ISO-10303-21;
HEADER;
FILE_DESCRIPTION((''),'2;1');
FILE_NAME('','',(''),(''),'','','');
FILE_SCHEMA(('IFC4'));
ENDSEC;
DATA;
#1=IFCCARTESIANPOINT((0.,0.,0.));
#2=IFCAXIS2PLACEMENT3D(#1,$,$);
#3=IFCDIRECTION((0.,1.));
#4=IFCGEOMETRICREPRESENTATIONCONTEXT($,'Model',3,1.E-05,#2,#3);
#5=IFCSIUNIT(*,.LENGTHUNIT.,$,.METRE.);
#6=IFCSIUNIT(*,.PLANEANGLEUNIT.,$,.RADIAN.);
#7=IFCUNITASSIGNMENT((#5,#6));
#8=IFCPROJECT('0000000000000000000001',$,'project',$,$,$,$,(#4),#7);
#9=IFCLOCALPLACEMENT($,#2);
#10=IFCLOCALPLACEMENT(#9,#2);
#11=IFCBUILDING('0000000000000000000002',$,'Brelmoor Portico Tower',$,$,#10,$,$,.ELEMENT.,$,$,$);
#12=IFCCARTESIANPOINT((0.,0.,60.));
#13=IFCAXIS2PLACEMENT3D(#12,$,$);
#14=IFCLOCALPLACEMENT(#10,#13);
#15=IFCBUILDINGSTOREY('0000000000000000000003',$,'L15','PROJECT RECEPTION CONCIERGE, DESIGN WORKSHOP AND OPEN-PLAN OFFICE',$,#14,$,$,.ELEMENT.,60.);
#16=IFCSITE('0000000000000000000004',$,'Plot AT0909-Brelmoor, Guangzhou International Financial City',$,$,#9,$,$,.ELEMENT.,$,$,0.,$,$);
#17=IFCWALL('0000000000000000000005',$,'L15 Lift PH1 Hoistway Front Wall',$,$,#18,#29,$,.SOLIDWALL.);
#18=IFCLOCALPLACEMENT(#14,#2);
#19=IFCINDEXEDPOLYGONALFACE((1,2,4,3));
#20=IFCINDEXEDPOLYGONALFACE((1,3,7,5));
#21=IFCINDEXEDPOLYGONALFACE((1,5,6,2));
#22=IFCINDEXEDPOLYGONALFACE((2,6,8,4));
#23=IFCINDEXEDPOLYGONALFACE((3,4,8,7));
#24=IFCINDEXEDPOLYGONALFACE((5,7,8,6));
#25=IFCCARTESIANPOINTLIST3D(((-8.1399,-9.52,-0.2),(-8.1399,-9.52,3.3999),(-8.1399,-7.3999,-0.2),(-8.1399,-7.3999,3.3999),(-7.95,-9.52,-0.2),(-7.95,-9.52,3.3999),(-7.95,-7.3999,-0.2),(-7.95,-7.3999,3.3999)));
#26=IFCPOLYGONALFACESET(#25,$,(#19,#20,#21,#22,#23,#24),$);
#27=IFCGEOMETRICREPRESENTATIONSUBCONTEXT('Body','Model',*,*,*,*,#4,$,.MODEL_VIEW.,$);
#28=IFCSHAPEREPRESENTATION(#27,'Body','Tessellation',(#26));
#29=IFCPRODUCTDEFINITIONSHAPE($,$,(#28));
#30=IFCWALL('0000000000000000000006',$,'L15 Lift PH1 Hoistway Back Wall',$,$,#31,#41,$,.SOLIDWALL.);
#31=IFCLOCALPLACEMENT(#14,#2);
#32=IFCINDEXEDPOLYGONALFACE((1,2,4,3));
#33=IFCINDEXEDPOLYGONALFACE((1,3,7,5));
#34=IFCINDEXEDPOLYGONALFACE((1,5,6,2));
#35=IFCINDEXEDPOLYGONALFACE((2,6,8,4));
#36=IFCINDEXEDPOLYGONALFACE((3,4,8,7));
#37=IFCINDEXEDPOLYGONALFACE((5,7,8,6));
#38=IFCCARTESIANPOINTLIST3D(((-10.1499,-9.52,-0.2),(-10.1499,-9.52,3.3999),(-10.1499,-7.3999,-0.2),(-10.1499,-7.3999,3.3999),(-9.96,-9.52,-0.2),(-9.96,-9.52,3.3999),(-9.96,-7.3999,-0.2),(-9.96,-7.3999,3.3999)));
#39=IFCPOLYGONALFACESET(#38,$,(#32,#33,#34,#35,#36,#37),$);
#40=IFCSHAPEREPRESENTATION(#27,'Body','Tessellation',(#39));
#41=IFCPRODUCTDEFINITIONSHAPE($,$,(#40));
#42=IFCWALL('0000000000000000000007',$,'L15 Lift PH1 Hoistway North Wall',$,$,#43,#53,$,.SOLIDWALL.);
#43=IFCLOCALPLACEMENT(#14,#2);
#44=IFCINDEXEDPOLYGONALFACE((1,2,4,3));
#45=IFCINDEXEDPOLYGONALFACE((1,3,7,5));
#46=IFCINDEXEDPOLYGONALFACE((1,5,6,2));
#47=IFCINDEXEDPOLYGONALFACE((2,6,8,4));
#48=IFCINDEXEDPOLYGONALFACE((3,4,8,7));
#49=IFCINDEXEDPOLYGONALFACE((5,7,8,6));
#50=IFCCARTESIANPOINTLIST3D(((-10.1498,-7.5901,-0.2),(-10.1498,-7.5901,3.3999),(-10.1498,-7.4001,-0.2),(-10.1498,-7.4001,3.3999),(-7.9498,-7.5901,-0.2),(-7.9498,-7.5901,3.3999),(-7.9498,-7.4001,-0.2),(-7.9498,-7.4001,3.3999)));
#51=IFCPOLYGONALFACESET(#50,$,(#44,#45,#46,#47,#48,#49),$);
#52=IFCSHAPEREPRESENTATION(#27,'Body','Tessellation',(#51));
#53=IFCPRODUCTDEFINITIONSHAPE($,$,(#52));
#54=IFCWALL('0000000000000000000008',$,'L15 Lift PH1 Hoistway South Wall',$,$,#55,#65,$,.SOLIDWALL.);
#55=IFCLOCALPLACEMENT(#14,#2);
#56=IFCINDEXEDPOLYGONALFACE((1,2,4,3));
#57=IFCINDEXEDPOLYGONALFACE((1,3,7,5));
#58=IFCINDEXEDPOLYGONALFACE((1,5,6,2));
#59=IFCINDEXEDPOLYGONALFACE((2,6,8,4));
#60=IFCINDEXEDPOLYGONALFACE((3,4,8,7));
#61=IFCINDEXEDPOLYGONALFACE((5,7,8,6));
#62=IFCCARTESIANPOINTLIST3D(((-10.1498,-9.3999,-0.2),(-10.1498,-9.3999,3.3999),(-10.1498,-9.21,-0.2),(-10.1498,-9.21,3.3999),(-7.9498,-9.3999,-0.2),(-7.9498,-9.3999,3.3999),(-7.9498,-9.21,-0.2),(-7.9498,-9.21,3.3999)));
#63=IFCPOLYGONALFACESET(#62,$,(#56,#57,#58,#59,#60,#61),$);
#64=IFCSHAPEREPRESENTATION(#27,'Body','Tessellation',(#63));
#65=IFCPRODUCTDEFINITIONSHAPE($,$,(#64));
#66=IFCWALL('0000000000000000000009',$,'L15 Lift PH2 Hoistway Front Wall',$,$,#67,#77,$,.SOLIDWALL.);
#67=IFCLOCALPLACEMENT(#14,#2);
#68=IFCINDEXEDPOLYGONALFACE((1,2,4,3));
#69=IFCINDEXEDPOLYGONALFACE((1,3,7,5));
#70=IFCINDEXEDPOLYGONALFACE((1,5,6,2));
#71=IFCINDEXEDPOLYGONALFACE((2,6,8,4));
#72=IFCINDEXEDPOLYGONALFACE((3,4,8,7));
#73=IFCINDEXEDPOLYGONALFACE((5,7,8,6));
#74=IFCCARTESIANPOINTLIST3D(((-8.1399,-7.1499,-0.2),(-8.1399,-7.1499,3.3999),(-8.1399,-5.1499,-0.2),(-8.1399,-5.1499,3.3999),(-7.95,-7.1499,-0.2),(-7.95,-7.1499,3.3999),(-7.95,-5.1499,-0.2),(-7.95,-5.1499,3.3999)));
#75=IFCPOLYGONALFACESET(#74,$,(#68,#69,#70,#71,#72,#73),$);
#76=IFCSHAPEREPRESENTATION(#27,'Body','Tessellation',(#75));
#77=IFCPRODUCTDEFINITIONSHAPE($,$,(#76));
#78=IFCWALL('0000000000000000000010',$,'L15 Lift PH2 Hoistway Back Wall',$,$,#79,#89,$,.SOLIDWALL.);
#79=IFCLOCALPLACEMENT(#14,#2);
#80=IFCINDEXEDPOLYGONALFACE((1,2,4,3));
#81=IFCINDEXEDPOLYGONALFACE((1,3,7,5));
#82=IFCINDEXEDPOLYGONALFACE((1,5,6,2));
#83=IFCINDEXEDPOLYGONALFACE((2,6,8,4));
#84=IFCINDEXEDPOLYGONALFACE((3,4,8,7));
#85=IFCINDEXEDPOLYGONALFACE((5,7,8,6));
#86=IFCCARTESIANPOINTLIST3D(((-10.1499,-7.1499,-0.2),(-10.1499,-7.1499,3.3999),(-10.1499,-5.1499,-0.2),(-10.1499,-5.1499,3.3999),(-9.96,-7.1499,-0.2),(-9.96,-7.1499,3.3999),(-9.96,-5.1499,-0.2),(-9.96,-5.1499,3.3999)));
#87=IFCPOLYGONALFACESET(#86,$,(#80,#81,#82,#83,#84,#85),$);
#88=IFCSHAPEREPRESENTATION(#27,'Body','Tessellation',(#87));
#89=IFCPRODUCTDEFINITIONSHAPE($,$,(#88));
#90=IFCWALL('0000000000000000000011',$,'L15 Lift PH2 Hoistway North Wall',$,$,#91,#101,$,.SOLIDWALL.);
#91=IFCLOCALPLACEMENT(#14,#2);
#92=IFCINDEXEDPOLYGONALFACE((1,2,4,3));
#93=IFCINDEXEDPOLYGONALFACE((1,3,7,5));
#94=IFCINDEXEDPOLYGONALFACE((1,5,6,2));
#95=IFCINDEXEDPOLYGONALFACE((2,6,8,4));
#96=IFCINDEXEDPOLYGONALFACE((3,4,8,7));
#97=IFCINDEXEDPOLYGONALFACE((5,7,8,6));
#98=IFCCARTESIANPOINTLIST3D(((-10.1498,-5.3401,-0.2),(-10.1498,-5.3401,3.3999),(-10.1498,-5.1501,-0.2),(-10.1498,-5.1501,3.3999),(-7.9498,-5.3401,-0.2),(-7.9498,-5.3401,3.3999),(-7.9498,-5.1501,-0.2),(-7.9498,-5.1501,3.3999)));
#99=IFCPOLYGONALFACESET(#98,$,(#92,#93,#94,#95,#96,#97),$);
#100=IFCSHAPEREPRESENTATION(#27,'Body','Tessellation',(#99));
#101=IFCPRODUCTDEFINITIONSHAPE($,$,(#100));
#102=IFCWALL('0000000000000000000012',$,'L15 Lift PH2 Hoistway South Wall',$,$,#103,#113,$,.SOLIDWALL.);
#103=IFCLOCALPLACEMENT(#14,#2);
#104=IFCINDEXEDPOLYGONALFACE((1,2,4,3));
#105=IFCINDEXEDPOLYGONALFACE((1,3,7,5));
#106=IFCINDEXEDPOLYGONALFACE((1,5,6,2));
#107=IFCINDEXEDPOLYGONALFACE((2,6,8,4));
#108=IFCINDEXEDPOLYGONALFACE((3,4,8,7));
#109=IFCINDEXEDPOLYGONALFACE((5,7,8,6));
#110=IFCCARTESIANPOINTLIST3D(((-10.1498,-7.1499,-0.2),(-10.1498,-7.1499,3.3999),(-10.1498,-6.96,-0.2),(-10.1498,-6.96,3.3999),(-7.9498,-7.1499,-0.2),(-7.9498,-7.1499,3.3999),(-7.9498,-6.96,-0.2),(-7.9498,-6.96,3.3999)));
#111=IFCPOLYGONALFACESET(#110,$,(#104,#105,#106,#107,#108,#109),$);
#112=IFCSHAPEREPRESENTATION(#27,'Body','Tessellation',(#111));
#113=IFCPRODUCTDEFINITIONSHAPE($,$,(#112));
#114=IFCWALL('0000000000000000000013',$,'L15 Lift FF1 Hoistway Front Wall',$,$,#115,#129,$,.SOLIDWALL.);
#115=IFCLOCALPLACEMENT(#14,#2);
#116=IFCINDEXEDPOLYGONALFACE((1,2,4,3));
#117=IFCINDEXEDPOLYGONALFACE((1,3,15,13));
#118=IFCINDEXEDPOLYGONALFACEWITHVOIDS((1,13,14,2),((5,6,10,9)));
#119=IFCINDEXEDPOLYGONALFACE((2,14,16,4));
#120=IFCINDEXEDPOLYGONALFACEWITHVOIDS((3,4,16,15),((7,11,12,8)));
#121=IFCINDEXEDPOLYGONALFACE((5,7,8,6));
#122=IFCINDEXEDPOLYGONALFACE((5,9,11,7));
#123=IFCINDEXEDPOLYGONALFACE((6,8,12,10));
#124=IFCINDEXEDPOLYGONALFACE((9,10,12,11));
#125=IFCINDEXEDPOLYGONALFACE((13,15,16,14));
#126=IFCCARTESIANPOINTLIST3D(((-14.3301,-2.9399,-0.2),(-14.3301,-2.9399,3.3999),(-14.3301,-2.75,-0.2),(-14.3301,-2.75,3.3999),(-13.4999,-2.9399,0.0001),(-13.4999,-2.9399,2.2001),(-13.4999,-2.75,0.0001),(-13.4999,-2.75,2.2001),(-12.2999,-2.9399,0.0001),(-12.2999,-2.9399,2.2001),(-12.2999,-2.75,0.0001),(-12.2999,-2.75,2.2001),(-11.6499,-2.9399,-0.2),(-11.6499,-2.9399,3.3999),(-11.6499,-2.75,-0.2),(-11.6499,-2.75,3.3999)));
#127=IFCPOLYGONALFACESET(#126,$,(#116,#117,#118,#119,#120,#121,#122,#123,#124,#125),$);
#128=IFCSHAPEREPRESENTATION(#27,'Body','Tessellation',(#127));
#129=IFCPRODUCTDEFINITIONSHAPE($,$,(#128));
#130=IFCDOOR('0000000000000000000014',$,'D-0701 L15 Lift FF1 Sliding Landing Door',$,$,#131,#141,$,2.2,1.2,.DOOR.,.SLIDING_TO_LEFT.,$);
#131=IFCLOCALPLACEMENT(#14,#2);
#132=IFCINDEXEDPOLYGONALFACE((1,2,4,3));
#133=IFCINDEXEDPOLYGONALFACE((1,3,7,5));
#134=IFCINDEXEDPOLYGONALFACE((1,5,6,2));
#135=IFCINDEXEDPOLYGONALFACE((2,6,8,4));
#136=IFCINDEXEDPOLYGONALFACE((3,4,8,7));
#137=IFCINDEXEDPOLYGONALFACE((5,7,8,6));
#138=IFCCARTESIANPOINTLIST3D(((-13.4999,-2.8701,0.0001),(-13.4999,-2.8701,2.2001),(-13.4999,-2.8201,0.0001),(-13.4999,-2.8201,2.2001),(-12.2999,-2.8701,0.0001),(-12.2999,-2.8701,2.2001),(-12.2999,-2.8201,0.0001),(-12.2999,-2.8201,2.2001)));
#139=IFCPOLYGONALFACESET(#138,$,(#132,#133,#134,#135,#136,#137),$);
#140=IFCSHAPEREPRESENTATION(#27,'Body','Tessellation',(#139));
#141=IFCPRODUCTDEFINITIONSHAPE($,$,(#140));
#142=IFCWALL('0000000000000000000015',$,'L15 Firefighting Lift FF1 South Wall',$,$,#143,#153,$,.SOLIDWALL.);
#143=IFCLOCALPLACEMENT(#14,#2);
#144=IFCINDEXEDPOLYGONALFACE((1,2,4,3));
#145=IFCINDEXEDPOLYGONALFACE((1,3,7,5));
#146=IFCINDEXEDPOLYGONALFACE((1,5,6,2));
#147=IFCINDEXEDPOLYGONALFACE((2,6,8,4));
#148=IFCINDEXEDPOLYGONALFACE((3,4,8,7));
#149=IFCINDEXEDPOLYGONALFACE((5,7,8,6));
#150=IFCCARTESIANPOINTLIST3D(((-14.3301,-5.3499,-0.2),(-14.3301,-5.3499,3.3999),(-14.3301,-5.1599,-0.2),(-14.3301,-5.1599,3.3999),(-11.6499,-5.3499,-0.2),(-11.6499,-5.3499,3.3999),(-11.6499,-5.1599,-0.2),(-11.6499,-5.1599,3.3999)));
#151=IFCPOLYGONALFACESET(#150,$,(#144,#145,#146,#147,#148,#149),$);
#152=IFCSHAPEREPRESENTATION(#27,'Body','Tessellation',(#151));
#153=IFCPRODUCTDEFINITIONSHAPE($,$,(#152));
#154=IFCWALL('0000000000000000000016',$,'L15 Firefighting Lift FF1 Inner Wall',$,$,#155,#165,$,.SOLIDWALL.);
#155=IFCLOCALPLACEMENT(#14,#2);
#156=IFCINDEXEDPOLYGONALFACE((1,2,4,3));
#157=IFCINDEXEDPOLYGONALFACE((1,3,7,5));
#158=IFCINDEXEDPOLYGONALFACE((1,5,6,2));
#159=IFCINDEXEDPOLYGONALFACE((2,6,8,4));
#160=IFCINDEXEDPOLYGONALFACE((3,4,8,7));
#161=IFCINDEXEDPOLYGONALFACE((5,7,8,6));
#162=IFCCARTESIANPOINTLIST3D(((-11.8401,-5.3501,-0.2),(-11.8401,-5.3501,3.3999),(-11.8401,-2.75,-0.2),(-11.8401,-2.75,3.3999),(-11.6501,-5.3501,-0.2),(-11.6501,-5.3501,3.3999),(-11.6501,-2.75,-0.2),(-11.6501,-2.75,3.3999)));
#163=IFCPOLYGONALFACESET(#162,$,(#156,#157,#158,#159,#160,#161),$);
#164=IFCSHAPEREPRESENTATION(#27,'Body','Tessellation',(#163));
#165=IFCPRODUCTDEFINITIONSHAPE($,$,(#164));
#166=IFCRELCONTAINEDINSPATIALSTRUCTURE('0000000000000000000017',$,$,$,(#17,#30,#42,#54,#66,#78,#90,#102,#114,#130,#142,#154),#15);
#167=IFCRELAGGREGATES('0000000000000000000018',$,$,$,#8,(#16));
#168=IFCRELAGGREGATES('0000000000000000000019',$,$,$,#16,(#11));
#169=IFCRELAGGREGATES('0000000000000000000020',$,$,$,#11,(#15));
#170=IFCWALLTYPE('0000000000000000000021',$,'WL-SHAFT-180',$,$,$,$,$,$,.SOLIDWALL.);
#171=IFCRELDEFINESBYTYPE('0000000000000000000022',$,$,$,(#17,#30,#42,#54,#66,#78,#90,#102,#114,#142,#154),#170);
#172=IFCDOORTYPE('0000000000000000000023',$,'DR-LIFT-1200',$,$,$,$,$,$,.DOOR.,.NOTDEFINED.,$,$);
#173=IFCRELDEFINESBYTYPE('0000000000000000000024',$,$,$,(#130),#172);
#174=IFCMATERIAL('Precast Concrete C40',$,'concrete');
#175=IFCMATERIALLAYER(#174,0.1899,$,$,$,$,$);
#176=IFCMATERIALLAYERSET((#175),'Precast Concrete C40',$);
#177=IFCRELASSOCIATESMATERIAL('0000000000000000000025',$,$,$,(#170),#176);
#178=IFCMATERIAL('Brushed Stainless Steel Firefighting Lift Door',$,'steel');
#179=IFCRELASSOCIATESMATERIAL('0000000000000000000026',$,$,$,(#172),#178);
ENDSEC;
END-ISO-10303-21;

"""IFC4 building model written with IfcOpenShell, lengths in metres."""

from ifc_helpers import new_model, si_unit, direction, frame, frame_2d, origin, place, context, subcontext, project, spatial, rectangle, extrude, material, layer, layer_set, type_object, element, fill, save


model = new_model("IFC4")

# Units and contexts
model_context = context("Model", 3, precision=1e-05, world=origin(), true_north=direction((0.0, 1.0)))
body_context = subcontext(model_context, "Body", "Model", "MODEL_VIEW")
ifc_project = project(units=[si_unit("LENGTHUNIT", "METRE"), si_unit("PLANEANGLEUNIT", "RADIAN")], contexts=[model_context])

# Site, building, storey
site_placement = place(None, origin())
site = spatial("IfcSite", under=ifc_project, at=site_placement, Name="Plot AT0909-Brelmoor, Guangzhou International Financial City", CompositionType="ELEMENT", RefElevation=0.0)
building_placement = place(site_placement, origin())
building = spatial("IfcBuilding", under=site, at=building_placement, Name="Brelmoor Portico Tower", CompositionType="ELEMENT")
storey_placement = place(building_placement, frame((0.0, 0.0, 60.0)))
storey = spatial("IfcBuildingStorey", under=building, at=storey_placement, Name="L15", Description="PROJECT RECEPTION CONCIERGE, DESIGN WORKSHOP AND OPEN-PLAN OFFICE", CompositionType="ELEMENT", Elevation=60.0)

# Walls
ifc_material_1 = material(Name="Precast Concrete C40", Category="concrete")
ifc_layer_1 = layer(ifc_material_1, 0.1899)
ifc_layer_set_1 = layer_set([ifc_layer_1], Name="Precast Concrete C40")
wall_type_1 = type_object("IfcWallType", Name="WL-SHAFT-180", PredefinedType="SOLIDWALL", material=ifc_layer_set_1)
for number, where, z_axis, x_axis, name in (
    (1, (-8.0449, -9.52, -0.2), (0.0, 0.0, 1.0), (0.0, 1.0, 0.0), "L15 Lift PH1 Hoistway Front Wall"),
    (2, (-10.0549, -9.52, -0.2), (0.0, 0.0, 1.0), (0.0, 1.0, 0.0), "L15 Lift PH1 Hoistway Back Wall"),
):
    element("IfcWall", number, at=place(storey_placement, frame(where, z_axis=z_axis, x_axis=x_axis)), inside=storey, type_object=wall_type_1, Name=name, PredefinedType="SOLIDWALL", context=body_context, shape_type="SweptSolid", body=[
        extrude(rectangle(XDim=2.1201, YDim=0.1899, at=frame_2d((1.0601, 0.0))), origin(), (0.0, 0.0, 1.0), 3.5999),
    ])
for number, where, z_axis, x_axis, name in (
    (3, (-10.1499, -7.4951, -0.2), (0.0, 0.0, 1.0), (1.0, 0.0, 0.0), "L15 Lift PH1 Hoistway North Wall"),
    (4, (-10.1499, -9.3049, -0.2), (0.0, 0.0, 1.0), (1.0, 0.0, 0.0), "L15 Lift PH1 Hoistway South Wall"),
):
    element("IfcWall", number, at=place(storey_placement, frame(where, z_axis=z_axis, x_axis=x_axis)), inside=storey, type_object=wall_type_1, Name=name, PredefinedType="SOLIDWALL", context=body_context, shape_type="SweptSolid", body=[
        extrude(rectangle(XDim=2.2, YDim=0.1899, at=frame_2d((1.1001, 0.0))), origin(), (0.0, 0.0, 1.0), 3.5999),
    ])
for number, where, z_axis, x_axis, name in (
    (5, (-8.0449, -7.1499, -0.2), (0.0, 0.0, 1.0), (0.0, 1.0, 0.0), "L15 Lift PH2 Hoistway Front Wall"),
    (6, (-10.0549, -7.1499, -0.2), (0.0, 0.0, 1.0), (0.0, 1.0, 0.0), "L15 Lift PH2 Hoistway Back Wall"),
):
    element("IfcWall", number, at=place(storey_placement, frame(where, z_axis=z_axis, x_axis=x_axis)), inside=storey, type_object=wall_type_1, Name=name, PredefinedType="SOLIDWALL", context=body_context, shape_type="SweptSolid", body=[
        extrude(rectangle(XDim=2.0, YDim=0.1899, at=frame_2d((1.0, 0.0))), origin(), (0.0, 0.0, 1.0), 3.5999),
    ])
for number, where, z_axis, x_axis, name in (
    (7, (-10.1499, -5.2451, -0.2), (0.0, 0.0, 1.0), (1.0, 0.0, 0.0), "L15 Lift PH2 Hoistway North Wall"),
    (8, (-10.1499, -7.0549, -0.2), (0.0, 0.0, 1.0), (1.0, 0.0, 0.0), "L15 Lift PH2 Hoistway South Wall"),
):
    element("IfcWall", number, at=place(storey_placement, frame(where, z_axis=z_axis, x_axis=x_axis)), inside=storey, type_object=wall_type_1, Name=name, PredefinedType="SOLIDWALL", context=body_context, shape_type="SweptSolid", body=[
        extrude(rectangle(XDim=2.2, YDim=0.1899, at=frame_2d((1.1001, 0.0))), origin(), (0.0, 0.0, 1.0), 3.5999),
    ])

# Wall, opening, door
wall_1_placement = place(storey_placement, frame((-14.3301, -2.845, -0.2), z_axis=(0.0, 0.0, 1.0), x_axis=(1.0, 0.0, 0.0)))
wall_1 = element("IfcWall", 9, at=wall_1_placement, inside=storey, type_object=wall_type_1, Name="L15 Lift FF1 Hoistway Front Wall", PredefinedType="SOLIDWALL", context=body_context, shape_type="SweptSolid", body=[
    extrude(rectangle(XDim=2.6802, YDim=0.1899, at=frame_2d((1.3401, 0.0))), origin(), (0.0, 0.0, 1.0), 3.5999),
])
opening_1_placement = place(wall_1_placement, frame((0.8301, 0.0, 0.2)))
opening_1 = element("IfcOpeningElement", 10, at=opening_1_placement, cuts=wall_1, PredefinedType="OPENING", context=body_context, shape_type="SweptSolid", body=[
    extrude(rectangle(XDim=1.2, YDim=2.2, at=frame_2d((0.6001, 1.1001))), frame((0.0, 0.105, 0.0), z_axis=(0.0, -1.0, 0.0), x_axis=(1.0, 0.0, 0.0)), (0.0, 0.0, 1.0), 0.21),
])
ifc_material_2 = material(Name="Brushed Stainless Steel Firefighting Lift Door", Category="steel")
door_type_1 = type_object("IfcDoorType", Name="DR-LIFT-1200", OperationType="NOTDEFINED", PredefinedType="DOOR", material=ifc_material_2)
door_1_placement = place(opening_1_placement, origin())
door_1 = element("IfcDoor", 11, at=door_1_placement, inside=storey, type_object=door_type_1, Name="D-0701 L15 Lift FF1 Sliding Landing Door", OperationType="SLIDING_TO_LEFT", OverallHeight=2.2, OverallWidth=1.2, PredefinedType="DOOR", context=body_context, shape_type="SweptSolid", body=[
    extrude(rectangle(XDim=1.2, YDim=2.2, at=frame_2d((0.6001, 1.1001))), frame((0.0, 0.0249, 0.0), z_axis=(0.0, -1.0, 0.0), x_axis=(1.0, 0.0, 0.0)), (0.0, 0.0, 1.0), 0.05),
])
fill(opening_1, door_1)

# Walls
wall_2_placement = place(storey_placement, frame((-14.3301, -5.2549, -0.2), z_axis=(0.0, 0.0, 1.0), x_axis=(1.0, 0.0, 0.0)))
element("IfcWall", 12, at=wall_2_placement, inside=storey, type_object=wall_type_1, Name="L15 Firefighting Lift FF1 South Wall", PredefinedType="SOLIDWALL", context=body_context, shape_type="SweptSolid", body=[
    extrude(rectangle(XDim=2.6802, YDim=0.1899, at=frame_2d((1.3401, 0.0))), origin(), (0.0, 0.0, 1.0), 3.5999),
])
wall_3_placement = place(storey_placement, frame((-11.7451, -5.3501, -0.2), z_axis=(0.0, 0.0, 1.0), x_axis=(0.0, 1.0, 0.0)))
element("IfcWall", 13, at=wall_3_placement, inside=storey, type_object=wall_type_1, Name="L15 Firefighting Lift FF1 Inner Wall", PredefinedType="SOLIDWALL", context=body_context, shape_type="SweptSolid", body=[
    extrude(rectangle(XDim=2.6001, YDim=0.1899, at=frame_2d((1.3, 0.0))), origin(), (0.0, 0.0, 1.0), 3.5999),
])

save(model, "model.ifc")
